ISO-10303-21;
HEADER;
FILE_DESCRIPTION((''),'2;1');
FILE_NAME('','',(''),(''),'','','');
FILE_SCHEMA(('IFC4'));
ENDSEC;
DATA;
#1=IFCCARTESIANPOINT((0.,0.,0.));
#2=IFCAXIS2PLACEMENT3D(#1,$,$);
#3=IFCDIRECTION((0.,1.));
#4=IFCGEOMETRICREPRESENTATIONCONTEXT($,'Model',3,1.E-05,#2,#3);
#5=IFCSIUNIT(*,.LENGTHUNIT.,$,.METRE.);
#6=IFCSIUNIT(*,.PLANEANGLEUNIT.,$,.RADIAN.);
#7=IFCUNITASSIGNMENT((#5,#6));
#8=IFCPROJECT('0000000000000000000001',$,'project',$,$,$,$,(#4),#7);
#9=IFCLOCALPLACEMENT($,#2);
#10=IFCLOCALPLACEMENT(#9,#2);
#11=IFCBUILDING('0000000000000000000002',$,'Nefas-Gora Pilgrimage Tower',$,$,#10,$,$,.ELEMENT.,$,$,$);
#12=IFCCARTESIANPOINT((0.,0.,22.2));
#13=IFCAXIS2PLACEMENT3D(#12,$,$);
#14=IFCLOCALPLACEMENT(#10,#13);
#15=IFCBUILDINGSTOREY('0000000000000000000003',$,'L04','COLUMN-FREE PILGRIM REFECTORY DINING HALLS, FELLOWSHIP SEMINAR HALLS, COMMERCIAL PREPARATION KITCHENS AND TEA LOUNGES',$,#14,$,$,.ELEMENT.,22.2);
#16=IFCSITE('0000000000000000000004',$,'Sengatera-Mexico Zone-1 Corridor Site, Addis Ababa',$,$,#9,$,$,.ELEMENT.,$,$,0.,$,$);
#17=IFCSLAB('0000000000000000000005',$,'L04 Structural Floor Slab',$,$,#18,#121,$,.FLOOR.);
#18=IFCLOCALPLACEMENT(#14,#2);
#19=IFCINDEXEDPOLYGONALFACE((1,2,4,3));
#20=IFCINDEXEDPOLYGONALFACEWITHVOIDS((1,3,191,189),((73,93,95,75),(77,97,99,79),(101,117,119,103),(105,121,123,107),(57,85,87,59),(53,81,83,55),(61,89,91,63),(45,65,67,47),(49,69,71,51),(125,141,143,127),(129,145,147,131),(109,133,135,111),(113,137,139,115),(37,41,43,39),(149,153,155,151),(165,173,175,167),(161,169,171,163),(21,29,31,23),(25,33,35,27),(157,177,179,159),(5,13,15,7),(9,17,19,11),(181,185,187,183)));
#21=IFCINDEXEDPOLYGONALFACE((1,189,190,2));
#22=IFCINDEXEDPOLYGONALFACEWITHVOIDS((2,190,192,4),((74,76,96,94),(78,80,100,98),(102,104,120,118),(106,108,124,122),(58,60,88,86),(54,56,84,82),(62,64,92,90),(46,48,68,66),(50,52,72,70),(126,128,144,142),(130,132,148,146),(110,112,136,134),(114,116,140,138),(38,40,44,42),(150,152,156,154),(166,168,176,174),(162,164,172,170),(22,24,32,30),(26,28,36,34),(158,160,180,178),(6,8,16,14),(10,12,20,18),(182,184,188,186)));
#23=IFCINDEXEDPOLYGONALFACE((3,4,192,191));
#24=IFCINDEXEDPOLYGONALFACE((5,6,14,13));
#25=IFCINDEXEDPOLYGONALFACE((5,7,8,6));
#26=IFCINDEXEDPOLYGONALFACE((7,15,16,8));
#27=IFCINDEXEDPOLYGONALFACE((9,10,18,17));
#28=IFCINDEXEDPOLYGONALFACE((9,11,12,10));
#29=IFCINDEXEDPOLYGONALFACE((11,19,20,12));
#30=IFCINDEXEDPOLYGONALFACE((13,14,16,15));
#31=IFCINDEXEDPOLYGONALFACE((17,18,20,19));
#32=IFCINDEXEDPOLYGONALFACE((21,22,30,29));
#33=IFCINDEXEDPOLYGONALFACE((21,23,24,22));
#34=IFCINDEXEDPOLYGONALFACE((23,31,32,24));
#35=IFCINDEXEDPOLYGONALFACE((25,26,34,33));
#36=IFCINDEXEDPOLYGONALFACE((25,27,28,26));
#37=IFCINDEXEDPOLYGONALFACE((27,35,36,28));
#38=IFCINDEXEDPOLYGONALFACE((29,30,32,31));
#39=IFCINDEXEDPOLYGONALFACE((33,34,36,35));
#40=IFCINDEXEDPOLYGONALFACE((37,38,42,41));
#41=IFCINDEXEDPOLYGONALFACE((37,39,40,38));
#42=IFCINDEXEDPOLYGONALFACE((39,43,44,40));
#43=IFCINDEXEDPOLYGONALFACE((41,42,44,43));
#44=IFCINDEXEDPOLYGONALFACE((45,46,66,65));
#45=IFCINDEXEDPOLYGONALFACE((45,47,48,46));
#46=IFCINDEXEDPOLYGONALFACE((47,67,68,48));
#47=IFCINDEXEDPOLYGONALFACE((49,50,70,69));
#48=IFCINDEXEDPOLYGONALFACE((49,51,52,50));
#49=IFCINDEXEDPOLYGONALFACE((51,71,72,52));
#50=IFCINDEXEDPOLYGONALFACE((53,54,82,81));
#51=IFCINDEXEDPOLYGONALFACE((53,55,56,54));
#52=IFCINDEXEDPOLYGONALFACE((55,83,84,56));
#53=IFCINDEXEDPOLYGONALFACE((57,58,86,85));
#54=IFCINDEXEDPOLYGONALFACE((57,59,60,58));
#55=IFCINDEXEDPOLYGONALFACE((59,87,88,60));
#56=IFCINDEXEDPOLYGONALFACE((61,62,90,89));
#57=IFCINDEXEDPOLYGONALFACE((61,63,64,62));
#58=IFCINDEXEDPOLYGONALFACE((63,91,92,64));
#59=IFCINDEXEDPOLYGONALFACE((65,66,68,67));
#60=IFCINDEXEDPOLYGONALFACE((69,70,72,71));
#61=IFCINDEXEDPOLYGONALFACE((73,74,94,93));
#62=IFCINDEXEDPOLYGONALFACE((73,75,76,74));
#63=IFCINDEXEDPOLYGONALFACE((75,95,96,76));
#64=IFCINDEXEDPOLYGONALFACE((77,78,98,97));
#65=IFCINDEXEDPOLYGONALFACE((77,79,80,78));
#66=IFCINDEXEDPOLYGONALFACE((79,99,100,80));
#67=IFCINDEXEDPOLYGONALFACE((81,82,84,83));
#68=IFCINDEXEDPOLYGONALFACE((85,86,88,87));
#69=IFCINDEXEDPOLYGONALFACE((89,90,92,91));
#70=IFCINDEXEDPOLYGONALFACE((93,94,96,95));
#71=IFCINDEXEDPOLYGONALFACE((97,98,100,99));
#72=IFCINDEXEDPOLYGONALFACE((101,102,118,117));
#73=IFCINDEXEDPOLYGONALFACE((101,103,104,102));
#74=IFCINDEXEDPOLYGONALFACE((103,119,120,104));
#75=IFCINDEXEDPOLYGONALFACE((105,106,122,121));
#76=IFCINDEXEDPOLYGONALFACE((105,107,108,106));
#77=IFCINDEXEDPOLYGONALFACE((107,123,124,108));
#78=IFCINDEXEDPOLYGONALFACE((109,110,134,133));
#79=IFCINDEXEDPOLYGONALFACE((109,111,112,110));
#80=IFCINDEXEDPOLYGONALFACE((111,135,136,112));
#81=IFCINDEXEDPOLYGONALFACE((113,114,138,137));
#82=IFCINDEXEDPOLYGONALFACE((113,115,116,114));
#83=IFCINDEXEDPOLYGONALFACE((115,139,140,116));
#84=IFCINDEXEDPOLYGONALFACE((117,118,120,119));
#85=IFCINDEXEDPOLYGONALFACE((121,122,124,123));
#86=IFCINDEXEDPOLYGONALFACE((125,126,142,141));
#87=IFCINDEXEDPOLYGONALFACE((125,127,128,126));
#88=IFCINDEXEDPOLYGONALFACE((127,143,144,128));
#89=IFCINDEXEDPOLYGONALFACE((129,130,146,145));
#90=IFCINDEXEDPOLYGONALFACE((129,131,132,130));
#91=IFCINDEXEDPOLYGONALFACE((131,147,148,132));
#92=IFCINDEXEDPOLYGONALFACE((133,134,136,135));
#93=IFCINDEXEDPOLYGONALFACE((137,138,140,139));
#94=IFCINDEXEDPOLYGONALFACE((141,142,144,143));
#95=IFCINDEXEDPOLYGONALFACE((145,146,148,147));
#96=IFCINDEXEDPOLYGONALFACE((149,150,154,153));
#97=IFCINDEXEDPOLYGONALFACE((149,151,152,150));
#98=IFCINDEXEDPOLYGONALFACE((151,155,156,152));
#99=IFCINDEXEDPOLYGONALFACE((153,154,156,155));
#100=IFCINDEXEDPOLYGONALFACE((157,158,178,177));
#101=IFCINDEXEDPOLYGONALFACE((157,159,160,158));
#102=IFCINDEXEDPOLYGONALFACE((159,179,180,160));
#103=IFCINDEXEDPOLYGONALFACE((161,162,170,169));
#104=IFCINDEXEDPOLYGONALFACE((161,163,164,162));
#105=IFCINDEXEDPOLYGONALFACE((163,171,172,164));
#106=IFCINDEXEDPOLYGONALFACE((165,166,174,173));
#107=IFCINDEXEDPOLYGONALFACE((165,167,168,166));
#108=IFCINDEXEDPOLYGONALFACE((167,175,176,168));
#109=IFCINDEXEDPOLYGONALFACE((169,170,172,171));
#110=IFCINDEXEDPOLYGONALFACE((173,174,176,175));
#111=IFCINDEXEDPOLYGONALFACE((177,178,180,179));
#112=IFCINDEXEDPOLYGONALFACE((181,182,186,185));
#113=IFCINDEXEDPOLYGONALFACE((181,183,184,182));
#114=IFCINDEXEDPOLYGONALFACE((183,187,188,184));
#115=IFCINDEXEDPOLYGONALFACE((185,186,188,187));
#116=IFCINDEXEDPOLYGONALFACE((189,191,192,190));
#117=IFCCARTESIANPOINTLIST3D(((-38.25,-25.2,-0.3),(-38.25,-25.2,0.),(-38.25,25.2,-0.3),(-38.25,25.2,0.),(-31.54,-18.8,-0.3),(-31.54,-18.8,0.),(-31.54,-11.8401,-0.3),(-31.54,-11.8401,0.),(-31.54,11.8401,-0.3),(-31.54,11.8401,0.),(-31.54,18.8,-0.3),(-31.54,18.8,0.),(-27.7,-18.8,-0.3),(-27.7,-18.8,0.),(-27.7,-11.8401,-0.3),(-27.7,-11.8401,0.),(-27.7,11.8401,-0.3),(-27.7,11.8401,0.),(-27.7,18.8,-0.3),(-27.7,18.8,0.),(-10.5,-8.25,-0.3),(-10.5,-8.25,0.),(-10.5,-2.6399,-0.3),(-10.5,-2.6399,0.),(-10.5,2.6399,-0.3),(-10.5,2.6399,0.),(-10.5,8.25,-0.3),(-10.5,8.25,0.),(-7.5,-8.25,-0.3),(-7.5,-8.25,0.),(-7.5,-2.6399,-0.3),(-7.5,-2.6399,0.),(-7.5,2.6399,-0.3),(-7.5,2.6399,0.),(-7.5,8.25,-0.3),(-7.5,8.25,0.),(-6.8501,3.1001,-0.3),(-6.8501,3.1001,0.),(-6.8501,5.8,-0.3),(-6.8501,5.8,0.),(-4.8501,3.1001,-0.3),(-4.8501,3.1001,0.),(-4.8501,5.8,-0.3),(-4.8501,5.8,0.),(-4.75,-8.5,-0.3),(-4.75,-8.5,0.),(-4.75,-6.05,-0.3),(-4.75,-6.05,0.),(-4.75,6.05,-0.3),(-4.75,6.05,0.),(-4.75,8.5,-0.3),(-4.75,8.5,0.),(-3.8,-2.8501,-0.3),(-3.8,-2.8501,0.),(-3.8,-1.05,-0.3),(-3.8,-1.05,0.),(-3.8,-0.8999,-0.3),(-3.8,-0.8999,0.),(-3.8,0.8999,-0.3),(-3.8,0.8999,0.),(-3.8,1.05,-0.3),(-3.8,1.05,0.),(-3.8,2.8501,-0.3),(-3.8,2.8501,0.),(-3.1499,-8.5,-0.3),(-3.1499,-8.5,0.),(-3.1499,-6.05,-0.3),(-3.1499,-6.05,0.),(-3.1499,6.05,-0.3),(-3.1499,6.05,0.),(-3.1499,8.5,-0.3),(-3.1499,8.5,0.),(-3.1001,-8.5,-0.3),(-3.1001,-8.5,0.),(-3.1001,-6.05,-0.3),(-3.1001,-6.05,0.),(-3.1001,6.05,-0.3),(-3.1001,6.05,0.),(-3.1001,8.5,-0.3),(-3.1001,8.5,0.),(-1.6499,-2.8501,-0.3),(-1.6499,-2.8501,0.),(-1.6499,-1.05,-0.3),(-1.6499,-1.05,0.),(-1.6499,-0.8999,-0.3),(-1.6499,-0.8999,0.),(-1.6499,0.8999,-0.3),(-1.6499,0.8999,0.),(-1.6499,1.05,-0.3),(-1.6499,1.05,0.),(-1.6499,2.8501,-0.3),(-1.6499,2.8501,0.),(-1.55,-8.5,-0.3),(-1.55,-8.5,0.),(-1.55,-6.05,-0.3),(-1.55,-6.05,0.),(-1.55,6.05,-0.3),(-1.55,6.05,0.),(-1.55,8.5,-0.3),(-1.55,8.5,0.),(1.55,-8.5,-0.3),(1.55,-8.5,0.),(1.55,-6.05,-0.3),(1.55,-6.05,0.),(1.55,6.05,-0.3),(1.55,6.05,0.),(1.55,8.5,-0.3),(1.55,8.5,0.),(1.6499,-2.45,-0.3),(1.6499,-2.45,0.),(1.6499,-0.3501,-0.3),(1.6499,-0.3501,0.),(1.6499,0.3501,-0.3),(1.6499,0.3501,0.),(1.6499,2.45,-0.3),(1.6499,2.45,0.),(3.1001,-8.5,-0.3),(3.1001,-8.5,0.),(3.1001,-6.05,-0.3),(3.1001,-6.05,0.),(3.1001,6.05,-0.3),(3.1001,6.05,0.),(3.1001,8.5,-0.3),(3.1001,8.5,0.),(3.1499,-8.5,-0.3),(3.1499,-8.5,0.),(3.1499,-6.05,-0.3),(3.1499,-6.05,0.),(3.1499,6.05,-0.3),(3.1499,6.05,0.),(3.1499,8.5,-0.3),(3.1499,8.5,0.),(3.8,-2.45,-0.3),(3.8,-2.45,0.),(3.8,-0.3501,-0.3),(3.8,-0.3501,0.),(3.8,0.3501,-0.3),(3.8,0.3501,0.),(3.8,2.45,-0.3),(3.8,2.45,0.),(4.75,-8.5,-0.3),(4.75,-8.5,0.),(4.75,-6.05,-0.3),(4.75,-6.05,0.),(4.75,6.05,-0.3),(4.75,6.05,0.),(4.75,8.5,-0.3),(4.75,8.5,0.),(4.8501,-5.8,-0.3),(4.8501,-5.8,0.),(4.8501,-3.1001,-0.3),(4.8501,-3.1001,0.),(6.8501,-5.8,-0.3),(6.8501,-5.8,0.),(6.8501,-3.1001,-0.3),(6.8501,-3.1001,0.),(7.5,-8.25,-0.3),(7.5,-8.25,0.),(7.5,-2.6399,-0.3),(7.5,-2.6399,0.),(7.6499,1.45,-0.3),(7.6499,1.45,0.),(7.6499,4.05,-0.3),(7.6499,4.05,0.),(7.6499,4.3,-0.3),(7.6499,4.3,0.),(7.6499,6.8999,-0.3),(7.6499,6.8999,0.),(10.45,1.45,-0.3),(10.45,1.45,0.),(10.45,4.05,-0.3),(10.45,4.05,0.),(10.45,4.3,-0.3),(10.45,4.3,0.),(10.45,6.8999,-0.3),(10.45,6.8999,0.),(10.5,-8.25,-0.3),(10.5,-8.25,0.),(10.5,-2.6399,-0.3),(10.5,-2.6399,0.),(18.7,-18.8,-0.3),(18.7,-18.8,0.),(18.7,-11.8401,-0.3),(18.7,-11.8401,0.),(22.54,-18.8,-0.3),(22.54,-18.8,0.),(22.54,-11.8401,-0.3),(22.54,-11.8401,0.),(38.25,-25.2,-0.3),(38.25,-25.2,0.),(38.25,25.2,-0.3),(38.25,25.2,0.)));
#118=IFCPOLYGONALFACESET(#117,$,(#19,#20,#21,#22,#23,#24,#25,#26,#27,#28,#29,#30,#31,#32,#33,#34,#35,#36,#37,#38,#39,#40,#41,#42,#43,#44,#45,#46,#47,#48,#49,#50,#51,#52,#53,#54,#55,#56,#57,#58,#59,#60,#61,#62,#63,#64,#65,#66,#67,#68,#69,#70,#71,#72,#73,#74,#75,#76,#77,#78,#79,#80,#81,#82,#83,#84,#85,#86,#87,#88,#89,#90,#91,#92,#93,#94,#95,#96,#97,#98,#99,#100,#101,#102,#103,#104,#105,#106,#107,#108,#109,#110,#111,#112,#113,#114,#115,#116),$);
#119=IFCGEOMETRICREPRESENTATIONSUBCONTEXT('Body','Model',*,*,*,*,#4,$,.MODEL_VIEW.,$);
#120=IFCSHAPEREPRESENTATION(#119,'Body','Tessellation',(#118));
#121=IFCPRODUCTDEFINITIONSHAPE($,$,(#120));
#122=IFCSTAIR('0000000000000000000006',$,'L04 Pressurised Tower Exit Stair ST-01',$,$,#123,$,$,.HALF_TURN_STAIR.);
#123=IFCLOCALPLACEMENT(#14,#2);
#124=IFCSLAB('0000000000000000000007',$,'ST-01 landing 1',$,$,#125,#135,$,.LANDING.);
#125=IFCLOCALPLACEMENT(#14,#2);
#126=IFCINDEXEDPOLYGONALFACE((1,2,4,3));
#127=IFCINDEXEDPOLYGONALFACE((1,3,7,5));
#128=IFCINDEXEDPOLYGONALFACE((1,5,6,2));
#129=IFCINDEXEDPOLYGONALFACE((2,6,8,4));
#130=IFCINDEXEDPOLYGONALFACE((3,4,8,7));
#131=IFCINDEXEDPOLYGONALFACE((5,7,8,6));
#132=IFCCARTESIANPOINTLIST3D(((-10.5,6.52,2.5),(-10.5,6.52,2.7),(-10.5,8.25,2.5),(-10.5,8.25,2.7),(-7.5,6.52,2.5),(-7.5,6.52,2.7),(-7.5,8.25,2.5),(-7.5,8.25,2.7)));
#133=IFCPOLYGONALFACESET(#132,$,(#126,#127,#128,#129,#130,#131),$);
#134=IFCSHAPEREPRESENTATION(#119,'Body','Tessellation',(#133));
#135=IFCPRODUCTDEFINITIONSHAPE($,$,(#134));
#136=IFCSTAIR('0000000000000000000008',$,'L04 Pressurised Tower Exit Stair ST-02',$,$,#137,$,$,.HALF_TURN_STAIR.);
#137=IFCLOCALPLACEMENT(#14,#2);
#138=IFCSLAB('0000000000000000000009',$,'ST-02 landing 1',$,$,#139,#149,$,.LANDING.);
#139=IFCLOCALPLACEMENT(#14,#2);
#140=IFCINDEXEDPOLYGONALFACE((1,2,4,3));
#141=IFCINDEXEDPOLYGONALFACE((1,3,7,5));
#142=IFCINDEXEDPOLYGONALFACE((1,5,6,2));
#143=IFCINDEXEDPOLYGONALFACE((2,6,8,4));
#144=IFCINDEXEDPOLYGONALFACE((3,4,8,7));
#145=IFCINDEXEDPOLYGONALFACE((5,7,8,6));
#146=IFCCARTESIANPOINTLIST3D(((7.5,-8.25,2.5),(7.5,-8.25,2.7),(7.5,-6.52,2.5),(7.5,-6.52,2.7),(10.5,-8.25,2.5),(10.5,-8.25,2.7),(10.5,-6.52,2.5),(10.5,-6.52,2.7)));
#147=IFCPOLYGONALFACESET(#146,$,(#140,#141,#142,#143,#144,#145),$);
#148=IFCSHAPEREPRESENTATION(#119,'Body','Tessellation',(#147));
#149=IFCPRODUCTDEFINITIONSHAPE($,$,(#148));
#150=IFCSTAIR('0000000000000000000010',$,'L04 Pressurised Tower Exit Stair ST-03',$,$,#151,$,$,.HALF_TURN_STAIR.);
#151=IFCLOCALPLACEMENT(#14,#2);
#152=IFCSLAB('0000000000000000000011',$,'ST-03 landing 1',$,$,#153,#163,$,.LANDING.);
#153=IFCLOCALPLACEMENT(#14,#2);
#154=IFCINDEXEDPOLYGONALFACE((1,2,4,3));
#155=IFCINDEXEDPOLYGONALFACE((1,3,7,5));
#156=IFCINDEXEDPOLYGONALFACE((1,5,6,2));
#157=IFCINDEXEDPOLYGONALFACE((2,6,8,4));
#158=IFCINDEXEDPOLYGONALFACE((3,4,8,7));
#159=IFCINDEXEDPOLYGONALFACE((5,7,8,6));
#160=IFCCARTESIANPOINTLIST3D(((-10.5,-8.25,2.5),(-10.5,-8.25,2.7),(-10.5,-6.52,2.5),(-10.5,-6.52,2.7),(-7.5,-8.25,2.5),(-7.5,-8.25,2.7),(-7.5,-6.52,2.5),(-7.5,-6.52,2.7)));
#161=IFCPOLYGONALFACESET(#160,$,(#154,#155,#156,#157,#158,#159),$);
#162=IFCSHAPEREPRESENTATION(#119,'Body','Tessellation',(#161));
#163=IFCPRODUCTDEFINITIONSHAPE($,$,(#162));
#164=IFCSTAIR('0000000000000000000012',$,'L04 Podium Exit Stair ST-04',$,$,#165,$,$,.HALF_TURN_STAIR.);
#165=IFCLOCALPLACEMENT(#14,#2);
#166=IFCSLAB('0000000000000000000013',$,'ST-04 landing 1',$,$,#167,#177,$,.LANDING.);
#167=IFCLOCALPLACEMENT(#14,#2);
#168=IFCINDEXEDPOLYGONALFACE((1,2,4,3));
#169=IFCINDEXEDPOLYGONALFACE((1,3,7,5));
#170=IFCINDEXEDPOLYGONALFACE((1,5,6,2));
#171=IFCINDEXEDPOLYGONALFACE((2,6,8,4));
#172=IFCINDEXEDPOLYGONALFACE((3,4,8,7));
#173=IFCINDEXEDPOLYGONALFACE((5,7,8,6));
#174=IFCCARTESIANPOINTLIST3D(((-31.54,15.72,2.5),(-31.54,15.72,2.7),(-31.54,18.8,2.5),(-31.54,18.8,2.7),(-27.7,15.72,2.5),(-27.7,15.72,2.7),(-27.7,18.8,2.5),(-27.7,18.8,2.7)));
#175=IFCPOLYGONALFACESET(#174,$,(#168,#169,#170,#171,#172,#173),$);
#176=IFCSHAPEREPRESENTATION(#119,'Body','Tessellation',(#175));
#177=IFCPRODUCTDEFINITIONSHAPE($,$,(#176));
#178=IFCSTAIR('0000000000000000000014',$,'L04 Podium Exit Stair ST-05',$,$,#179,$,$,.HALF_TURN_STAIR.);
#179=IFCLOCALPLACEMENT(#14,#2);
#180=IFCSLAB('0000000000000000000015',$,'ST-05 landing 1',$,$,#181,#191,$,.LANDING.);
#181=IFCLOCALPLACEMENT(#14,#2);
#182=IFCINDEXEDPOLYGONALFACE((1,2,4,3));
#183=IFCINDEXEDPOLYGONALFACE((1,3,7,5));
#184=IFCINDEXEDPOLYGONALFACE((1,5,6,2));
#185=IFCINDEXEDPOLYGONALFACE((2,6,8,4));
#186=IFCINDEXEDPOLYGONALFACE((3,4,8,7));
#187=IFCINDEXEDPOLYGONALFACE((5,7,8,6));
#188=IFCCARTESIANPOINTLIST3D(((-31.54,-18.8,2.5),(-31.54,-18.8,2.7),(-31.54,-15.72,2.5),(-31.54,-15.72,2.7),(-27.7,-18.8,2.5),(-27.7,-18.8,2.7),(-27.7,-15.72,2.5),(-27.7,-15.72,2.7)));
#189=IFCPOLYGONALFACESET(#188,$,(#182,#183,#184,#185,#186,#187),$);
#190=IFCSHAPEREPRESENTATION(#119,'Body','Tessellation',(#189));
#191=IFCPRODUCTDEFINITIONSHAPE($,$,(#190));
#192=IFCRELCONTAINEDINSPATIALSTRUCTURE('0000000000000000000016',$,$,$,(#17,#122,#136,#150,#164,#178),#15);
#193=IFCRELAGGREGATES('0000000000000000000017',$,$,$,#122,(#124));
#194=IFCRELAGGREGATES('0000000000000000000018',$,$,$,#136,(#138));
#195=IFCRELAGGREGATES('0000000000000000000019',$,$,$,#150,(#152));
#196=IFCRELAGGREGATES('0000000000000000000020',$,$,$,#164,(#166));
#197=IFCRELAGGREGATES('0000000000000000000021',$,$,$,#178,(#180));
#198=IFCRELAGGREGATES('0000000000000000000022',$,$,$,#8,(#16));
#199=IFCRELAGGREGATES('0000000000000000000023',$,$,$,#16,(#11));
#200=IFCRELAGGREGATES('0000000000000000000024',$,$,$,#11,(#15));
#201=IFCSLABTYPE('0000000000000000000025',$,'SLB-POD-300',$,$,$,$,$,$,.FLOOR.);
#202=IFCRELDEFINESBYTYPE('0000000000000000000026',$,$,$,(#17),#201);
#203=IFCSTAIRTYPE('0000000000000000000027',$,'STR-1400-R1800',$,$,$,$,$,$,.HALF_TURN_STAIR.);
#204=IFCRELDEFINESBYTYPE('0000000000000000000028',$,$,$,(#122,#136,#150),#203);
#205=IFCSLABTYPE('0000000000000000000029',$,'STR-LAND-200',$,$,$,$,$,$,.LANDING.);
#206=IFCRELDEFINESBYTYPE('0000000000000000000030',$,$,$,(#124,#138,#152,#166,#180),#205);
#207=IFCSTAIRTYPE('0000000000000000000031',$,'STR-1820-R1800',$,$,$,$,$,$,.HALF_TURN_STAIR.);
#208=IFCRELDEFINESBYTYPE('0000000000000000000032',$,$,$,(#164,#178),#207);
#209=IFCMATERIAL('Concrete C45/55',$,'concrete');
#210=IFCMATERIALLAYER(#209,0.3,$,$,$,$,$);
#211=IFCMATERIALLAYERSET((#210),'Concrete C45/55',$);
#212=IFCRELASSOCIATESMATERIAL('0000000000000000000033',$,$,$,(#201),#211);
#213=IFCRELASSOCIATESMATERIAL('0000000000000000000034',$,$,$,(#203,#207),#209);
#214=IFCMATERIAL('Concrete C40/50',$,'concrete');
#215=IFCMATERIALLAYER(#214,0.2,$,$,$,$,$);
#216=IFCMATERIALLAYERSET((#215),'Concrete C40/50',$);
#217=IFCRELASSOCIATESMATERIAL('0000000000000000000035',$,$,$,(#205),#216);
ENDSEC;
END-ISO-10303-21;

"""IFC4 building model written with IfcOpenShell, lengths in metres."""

from ifc_helpers import new_model, si_unit, direction, frame, origin, place, context, subcontext, project, spatial, polyline, outline, extrude, material, layer, layer_set, type_object, element, aggregate, save


model = new_model("IFC4")

# Units and contexts
model_context = context("Model", 3, precision=1e-05, world=origin(), true_north=direction((0.0, 1.0)))
body_context = subcontext(model_context, "Body", "Model", "MODEL_VIEW")
ifc_project = project(units=[si_unit("LENGTHUNIT", "METRE"), si_unit("PLANEANGLEUNIT", "RADIAN")], contexts=[model_context])

# Site, building, storey
site_placement = place(None, origin())
site = spatial("IfcSite", under=ifc_project, at=site_placement, Name="Sengatera-Mexico Zone-1 Corridor Site, Addis Ababa", CompositionType="ELEMENT", RefElevation=0.0)
building_placement = place(site_placement, origin())
building = spatial("IfcBuilding", under=site, at=building_placement, Name="Nefas-Gora Pilgrimage Tower", CompositionType="ELEMENT")
storey_placement = place(building_placement, frame((0.0, 0.0, 22.2)))
storey = spatial("IfcBuildingStorey", under=building, at=storey_placement, Name="L04", Description="COLUMN-FREE PILGRIM REFECTORY DINING HALLS, FELLOWSHIP SEMINAR HALLS, COMMERCIAL PREPARATION KITCHENS AND TEA LOUNGES", CompositionType="ELEMENT", Elevation=22.2)

# Slab
ifc_material_1 = material(Name="Concrete C45/55", Category="concrete")
ifc_layer_1 = layer(ifc_material_1, 0.3)
ifc_layer_set_1 = layer_set([ifc_layer_1], Name="Concrete C45/55")
slab_type_1 = type_object("IfcSlabType", Name="SLB-POD-300", PredefinedType="FLOOR", material=ifc_layer_set_1)
slab_1_placement = place(storey_placement, frame((0.0, 0.0, -0.3)))
element("IfcSlab", 1, at=slab_1_placement, inside=storey, type_object=slab_type_1, Name="L04 Structural Floor Slab", PredefinedType="FLOOR", context=body_context, shape_type="SweptSolid", body=[
    extrude(outline(polyline([(38.25, -25.2), (38.25, 25.2), (-38.25, 25.2), (-38.25, -25.2), (38.25, -25.2)]), holes=[polyline([(-10.5, 2.6399), (-10.5, 8.25), (-7.5, 8.25), (-7.5, 2.6399), (-10.5, 2.6399)]), polyline([(10.5, -2.6399), (10.5, -8.25), (7.5, -8.25), (7.5, -2.6399), (10.5, -2.6399)]), polyline([(-7.5, -2.6399), (-7.5, -8.25), (-10.5, -8.25), (-10.5, -2.6399), (-7.5, -2.6399)]), polyline([(-31.54, 11.8401), (-31.54, 18.8), (-27.7, 18.8), (-27.7, 11.8401), (-31.54, 11.8401)]), polyline([(-27.7, -11.8401), (-27.7, -18.8), (-31.54, -18.8), (-31.54, -11.8401), (-27.7, -11.8401)]), polyline([(22.54, -11.8401), (22.54, -18.8), (18.7, -18.8), (18.7, -11.8401), (22.54, -11.8401)]), polyline([(-6.8501, 5.8), (-4.8501, 5.8), (-4.8501, 3.1001), (-6.8501, 3.1001), (-6.8501, 5.8)]), polyline([(4.8501, -3.1001), (6.8501, -3.1001), (6.8501, -5.8), (4.8501, -5.8), (4.8501, -3.1001)]), polyline([(7.6499, 4.05), (10.45, 4.05), (10.45, 1.45), (7.6499, 1.45), (7.6499, 4.05)]), polyline([(7.6499, 6.8999), (10.45, 6.8999), (10.45, 4.3), (7.6499, 4.3), (7.6499, 6.8999)]), polyline([(-4.75, 8.5), (-3.1499, 8.5), (-3.1499, 6.05), (-4.75, 6.05), (-4.75, 8.5)]), polyline([(-3.1001, 8.5), (-1.55, 8.5), (-1.55, 6.05), (-3.1001, 6.05), (-3.1001, 8.5)]), polyline([(1.55, 8.5), (3.1001, 8.5), (3.1001, 6.05), (1.55, 6.05), (1.55, 8.5)]), polyline([(3.1499, 8.5), (4.75, 8.5), (4.75, 6.05), (3.1499, 6.05), (3.1499, 8.5)]), polyline([(-4.75, -6.05), (-3.1499, -6.05), (-3.1499, -8.5), (-4.75, -8.5), (-4.75, -6.05)]), polyline([(-3.1001, -6.05), (-1.55, -6.05), (-1.55, -8.5), (-3.1001, -8.5), (-3.1001, -6.05)]), polyline([(1.55, -6.05), (3.1001, -6.05), (3.1001, -8.5), (1.55, -8.5), (1.55, -6.05)]), polyline([(3.1499, -6.05), (4.75, -6.05), (4.75, -8.5), (3.1499, -8.5), (3.1499, -6.05)]), polyline([(-3.8, -1.05), (-1.6499, -1.05), (-1.6499, -2.8501), (-3.8, -2.8501), (-3.8, -1.05)]), polyline([(-3.8, 0.8999), (-1.6499, 0.8999), (-1.6499, -0.8999), (-3.8, -0.8999), (-3.8, 0.8999)]), polyline([(-3.8, 2.8501), (-1.6499, 2.8501), (-1.6499, 1.05), (-3.8, 1.05), (-3.8, 2.8501)]), polyline([(1.6499, -0.3501), (3.8, -0.3501), (3.8, -2.45), (1.6499, -2.45), (1.6499, -0.3501)]), polyline([(1.6499, 2.45), (3.8, 2.45), (3.8, 0.3501), (1.6499, 0.3501), (1.6499, 2.45)])]), origin(), (0.0, 0.0, 1.0), 0.3),
])

# Stairs, slabs
stair_type_1 = type_object("IfcStairType", Name="STR-1400-R1800", PredefinedType="HALF_TURN_STAIR", material=ifc_material_1)
stair_1_placement = place(storey_placement, origin())
stair_1 = element("IfcStair", 2, at=stair_1_placement, inside=storey, type_object=stair_type_1, Name="L04 Pressurised Tower Exit Stair ST-01", PredefinedType="HALF_TURN_STAIR")
ifc_material_2 = material(Name="Concrete C40/50", Category="concrete")
ifc_layer_2 = layer(ifc_material_2, 0.2)
ifc_layer_set_2 = layer_set([ifc_layer_2], Name="Concrete C40/50")
slab_type_2 = type_object("IfcSlabType", Name="STR-LAND-200", PredefinedType="LANDING", material=ifc_layer_set_2)
slab_2_placement = place(storey_placement, frame((0.0, 0.0, 2.5)))
slab_2 = element("IfcSlab", 3, at=slab_2_placement, type_object=slab_type_2, Name="ST-01 landing 1", PredefinedType="LANDING", context=body_context, shape_type="SweptSolid", body=[
    extrude(outline(polyline([(-7.5, 6.52), (-7.5, 8.25), (-10.5, 8.25), (-10.5, 6.52), (-7.5, 6.52)])), origin(), (0.0, 0.0, 1.0), 0.2),
])
aggregate(stair_1, [slab_2])
stair_2_placement = place(storey_placement, origin())
stair_2 = element("IfcStair", 4, at=stair_2_placement, inside=storey, type_object=stair_type_1, Name="L04 Pressurised Tower Exit Stair ST-02", PredefinedType="HALF_TURN_STAIR")
slab_3_placement = place(storey_placement, frame((0.0, 0.0, 2.5)))
slab_3 = element("IfcSlab", 5, at=slab_3_placement, type_object=slab_type_2, Name="ST-02 landing 1", PredefinedType="LANDING", context=body_context, shape_type="SweptSolid", body=[
    extrude(outline(polyline([(7.5, -6.52), (7.5, -8.25), (10.5, -8.25), (10.5, -6.52), (7.5, -6.52)])), origin(), (0.0, 0.0, 1.0), 0.2),
])
aggregate(stair_2, [slab_3])
stair_3_placement = place(storey_placement, origin())
stair_3 = element("IfcStair", 6, at=stair_3_placement, inside=storey, type_object=stair_type_1, Name="L04 Pressurised Tower Exit Stair ST-03", PredefinedType="HALF_TURN_STAIR")
slab_4_placement = place(storey_placement, frame((0.0, 0.0, 2.5)))
slab_4 = element("IfcSlab", 7, at=slab_4_placement, type_object=slab_type_2, Name="ST-03 landing 1", PredefinedType="LANDING", context=body_context, shape_type="SweptSolid", body=[
    extrude(outline(polyline([(-10.5, -6.52), (-10.5, -8.25), (-7.5, -8.25), (-7.5, -6.52), (-10.5, -6.52)])), origin(), (0.0, 0.0, 1.0), 0.2),
])
aggregate(stair_3, [slab_4])
stair_type_2 = type_object("IfcStairType", Name="STR-1820-R1800", PredefinedType="HALF_TURN_STAIR", material=ifc_material_1)
stair_4_placement = place(storey_placement, origin())
stair_4 = element("IfcStair", 8, at=stair_4_placement, inside=storey, type_object=stair_type_2, Name="L04 Podium Exit Stair ST-04", PredefinedType="HALF_TURN_STAIR")
slab_5_placement = place(storey_placement, frame((0.0, 0.0, 2.5)))
slab_5 = element("IfcSlab", 9, at=slab_5_placement, type_object=slab_type_2, Name="ST-04 landing 1", PredefinedType="LANDING", context=body_context, shape_type="SweptSolid", body=[
    extrude(outline(polyline([(-27.7, 15.72), (-27.7, 18.8), (-31.54, 18.8), (-31.54, 15.72), (-27.7, 15.72)])), origin(), (0.0, 0.0, 1.0), 0.2),
])
aggregate(stair_4, [slab_5])
stair_5_placement = place(storey_placement, origin())
stair_5 = element("IfcStair", 10, at=stair_5_placement, inside=storey, type_object=stair_type_2, Name="L04 Podium Exit Stair ST-05", PredefinedType="HALF_TURN_STAIR")
slab_6_placement = place(storey_placement, frame((0.0, 0.0, 2.5)))
slab_6 = element("IfcSlab", 11, at=slab_6_placement, type_object=slab_type_2, Name="ST-05 landing 1", PredefinedType="LANDING", context=body_context, shape_type="SweptSolid", body=[
    extrude(outline(polyline([(-31.54, -15.72), (-31.54, -18.8), (-27.7, -18.8), (-27.7, -15.72), (-31.54, -15.72)])), origin(), (0.0, 0.0, 1.0), 0.2),
])
aggregate(stair_5, [slab_6])

save(model, "model.ifc")
